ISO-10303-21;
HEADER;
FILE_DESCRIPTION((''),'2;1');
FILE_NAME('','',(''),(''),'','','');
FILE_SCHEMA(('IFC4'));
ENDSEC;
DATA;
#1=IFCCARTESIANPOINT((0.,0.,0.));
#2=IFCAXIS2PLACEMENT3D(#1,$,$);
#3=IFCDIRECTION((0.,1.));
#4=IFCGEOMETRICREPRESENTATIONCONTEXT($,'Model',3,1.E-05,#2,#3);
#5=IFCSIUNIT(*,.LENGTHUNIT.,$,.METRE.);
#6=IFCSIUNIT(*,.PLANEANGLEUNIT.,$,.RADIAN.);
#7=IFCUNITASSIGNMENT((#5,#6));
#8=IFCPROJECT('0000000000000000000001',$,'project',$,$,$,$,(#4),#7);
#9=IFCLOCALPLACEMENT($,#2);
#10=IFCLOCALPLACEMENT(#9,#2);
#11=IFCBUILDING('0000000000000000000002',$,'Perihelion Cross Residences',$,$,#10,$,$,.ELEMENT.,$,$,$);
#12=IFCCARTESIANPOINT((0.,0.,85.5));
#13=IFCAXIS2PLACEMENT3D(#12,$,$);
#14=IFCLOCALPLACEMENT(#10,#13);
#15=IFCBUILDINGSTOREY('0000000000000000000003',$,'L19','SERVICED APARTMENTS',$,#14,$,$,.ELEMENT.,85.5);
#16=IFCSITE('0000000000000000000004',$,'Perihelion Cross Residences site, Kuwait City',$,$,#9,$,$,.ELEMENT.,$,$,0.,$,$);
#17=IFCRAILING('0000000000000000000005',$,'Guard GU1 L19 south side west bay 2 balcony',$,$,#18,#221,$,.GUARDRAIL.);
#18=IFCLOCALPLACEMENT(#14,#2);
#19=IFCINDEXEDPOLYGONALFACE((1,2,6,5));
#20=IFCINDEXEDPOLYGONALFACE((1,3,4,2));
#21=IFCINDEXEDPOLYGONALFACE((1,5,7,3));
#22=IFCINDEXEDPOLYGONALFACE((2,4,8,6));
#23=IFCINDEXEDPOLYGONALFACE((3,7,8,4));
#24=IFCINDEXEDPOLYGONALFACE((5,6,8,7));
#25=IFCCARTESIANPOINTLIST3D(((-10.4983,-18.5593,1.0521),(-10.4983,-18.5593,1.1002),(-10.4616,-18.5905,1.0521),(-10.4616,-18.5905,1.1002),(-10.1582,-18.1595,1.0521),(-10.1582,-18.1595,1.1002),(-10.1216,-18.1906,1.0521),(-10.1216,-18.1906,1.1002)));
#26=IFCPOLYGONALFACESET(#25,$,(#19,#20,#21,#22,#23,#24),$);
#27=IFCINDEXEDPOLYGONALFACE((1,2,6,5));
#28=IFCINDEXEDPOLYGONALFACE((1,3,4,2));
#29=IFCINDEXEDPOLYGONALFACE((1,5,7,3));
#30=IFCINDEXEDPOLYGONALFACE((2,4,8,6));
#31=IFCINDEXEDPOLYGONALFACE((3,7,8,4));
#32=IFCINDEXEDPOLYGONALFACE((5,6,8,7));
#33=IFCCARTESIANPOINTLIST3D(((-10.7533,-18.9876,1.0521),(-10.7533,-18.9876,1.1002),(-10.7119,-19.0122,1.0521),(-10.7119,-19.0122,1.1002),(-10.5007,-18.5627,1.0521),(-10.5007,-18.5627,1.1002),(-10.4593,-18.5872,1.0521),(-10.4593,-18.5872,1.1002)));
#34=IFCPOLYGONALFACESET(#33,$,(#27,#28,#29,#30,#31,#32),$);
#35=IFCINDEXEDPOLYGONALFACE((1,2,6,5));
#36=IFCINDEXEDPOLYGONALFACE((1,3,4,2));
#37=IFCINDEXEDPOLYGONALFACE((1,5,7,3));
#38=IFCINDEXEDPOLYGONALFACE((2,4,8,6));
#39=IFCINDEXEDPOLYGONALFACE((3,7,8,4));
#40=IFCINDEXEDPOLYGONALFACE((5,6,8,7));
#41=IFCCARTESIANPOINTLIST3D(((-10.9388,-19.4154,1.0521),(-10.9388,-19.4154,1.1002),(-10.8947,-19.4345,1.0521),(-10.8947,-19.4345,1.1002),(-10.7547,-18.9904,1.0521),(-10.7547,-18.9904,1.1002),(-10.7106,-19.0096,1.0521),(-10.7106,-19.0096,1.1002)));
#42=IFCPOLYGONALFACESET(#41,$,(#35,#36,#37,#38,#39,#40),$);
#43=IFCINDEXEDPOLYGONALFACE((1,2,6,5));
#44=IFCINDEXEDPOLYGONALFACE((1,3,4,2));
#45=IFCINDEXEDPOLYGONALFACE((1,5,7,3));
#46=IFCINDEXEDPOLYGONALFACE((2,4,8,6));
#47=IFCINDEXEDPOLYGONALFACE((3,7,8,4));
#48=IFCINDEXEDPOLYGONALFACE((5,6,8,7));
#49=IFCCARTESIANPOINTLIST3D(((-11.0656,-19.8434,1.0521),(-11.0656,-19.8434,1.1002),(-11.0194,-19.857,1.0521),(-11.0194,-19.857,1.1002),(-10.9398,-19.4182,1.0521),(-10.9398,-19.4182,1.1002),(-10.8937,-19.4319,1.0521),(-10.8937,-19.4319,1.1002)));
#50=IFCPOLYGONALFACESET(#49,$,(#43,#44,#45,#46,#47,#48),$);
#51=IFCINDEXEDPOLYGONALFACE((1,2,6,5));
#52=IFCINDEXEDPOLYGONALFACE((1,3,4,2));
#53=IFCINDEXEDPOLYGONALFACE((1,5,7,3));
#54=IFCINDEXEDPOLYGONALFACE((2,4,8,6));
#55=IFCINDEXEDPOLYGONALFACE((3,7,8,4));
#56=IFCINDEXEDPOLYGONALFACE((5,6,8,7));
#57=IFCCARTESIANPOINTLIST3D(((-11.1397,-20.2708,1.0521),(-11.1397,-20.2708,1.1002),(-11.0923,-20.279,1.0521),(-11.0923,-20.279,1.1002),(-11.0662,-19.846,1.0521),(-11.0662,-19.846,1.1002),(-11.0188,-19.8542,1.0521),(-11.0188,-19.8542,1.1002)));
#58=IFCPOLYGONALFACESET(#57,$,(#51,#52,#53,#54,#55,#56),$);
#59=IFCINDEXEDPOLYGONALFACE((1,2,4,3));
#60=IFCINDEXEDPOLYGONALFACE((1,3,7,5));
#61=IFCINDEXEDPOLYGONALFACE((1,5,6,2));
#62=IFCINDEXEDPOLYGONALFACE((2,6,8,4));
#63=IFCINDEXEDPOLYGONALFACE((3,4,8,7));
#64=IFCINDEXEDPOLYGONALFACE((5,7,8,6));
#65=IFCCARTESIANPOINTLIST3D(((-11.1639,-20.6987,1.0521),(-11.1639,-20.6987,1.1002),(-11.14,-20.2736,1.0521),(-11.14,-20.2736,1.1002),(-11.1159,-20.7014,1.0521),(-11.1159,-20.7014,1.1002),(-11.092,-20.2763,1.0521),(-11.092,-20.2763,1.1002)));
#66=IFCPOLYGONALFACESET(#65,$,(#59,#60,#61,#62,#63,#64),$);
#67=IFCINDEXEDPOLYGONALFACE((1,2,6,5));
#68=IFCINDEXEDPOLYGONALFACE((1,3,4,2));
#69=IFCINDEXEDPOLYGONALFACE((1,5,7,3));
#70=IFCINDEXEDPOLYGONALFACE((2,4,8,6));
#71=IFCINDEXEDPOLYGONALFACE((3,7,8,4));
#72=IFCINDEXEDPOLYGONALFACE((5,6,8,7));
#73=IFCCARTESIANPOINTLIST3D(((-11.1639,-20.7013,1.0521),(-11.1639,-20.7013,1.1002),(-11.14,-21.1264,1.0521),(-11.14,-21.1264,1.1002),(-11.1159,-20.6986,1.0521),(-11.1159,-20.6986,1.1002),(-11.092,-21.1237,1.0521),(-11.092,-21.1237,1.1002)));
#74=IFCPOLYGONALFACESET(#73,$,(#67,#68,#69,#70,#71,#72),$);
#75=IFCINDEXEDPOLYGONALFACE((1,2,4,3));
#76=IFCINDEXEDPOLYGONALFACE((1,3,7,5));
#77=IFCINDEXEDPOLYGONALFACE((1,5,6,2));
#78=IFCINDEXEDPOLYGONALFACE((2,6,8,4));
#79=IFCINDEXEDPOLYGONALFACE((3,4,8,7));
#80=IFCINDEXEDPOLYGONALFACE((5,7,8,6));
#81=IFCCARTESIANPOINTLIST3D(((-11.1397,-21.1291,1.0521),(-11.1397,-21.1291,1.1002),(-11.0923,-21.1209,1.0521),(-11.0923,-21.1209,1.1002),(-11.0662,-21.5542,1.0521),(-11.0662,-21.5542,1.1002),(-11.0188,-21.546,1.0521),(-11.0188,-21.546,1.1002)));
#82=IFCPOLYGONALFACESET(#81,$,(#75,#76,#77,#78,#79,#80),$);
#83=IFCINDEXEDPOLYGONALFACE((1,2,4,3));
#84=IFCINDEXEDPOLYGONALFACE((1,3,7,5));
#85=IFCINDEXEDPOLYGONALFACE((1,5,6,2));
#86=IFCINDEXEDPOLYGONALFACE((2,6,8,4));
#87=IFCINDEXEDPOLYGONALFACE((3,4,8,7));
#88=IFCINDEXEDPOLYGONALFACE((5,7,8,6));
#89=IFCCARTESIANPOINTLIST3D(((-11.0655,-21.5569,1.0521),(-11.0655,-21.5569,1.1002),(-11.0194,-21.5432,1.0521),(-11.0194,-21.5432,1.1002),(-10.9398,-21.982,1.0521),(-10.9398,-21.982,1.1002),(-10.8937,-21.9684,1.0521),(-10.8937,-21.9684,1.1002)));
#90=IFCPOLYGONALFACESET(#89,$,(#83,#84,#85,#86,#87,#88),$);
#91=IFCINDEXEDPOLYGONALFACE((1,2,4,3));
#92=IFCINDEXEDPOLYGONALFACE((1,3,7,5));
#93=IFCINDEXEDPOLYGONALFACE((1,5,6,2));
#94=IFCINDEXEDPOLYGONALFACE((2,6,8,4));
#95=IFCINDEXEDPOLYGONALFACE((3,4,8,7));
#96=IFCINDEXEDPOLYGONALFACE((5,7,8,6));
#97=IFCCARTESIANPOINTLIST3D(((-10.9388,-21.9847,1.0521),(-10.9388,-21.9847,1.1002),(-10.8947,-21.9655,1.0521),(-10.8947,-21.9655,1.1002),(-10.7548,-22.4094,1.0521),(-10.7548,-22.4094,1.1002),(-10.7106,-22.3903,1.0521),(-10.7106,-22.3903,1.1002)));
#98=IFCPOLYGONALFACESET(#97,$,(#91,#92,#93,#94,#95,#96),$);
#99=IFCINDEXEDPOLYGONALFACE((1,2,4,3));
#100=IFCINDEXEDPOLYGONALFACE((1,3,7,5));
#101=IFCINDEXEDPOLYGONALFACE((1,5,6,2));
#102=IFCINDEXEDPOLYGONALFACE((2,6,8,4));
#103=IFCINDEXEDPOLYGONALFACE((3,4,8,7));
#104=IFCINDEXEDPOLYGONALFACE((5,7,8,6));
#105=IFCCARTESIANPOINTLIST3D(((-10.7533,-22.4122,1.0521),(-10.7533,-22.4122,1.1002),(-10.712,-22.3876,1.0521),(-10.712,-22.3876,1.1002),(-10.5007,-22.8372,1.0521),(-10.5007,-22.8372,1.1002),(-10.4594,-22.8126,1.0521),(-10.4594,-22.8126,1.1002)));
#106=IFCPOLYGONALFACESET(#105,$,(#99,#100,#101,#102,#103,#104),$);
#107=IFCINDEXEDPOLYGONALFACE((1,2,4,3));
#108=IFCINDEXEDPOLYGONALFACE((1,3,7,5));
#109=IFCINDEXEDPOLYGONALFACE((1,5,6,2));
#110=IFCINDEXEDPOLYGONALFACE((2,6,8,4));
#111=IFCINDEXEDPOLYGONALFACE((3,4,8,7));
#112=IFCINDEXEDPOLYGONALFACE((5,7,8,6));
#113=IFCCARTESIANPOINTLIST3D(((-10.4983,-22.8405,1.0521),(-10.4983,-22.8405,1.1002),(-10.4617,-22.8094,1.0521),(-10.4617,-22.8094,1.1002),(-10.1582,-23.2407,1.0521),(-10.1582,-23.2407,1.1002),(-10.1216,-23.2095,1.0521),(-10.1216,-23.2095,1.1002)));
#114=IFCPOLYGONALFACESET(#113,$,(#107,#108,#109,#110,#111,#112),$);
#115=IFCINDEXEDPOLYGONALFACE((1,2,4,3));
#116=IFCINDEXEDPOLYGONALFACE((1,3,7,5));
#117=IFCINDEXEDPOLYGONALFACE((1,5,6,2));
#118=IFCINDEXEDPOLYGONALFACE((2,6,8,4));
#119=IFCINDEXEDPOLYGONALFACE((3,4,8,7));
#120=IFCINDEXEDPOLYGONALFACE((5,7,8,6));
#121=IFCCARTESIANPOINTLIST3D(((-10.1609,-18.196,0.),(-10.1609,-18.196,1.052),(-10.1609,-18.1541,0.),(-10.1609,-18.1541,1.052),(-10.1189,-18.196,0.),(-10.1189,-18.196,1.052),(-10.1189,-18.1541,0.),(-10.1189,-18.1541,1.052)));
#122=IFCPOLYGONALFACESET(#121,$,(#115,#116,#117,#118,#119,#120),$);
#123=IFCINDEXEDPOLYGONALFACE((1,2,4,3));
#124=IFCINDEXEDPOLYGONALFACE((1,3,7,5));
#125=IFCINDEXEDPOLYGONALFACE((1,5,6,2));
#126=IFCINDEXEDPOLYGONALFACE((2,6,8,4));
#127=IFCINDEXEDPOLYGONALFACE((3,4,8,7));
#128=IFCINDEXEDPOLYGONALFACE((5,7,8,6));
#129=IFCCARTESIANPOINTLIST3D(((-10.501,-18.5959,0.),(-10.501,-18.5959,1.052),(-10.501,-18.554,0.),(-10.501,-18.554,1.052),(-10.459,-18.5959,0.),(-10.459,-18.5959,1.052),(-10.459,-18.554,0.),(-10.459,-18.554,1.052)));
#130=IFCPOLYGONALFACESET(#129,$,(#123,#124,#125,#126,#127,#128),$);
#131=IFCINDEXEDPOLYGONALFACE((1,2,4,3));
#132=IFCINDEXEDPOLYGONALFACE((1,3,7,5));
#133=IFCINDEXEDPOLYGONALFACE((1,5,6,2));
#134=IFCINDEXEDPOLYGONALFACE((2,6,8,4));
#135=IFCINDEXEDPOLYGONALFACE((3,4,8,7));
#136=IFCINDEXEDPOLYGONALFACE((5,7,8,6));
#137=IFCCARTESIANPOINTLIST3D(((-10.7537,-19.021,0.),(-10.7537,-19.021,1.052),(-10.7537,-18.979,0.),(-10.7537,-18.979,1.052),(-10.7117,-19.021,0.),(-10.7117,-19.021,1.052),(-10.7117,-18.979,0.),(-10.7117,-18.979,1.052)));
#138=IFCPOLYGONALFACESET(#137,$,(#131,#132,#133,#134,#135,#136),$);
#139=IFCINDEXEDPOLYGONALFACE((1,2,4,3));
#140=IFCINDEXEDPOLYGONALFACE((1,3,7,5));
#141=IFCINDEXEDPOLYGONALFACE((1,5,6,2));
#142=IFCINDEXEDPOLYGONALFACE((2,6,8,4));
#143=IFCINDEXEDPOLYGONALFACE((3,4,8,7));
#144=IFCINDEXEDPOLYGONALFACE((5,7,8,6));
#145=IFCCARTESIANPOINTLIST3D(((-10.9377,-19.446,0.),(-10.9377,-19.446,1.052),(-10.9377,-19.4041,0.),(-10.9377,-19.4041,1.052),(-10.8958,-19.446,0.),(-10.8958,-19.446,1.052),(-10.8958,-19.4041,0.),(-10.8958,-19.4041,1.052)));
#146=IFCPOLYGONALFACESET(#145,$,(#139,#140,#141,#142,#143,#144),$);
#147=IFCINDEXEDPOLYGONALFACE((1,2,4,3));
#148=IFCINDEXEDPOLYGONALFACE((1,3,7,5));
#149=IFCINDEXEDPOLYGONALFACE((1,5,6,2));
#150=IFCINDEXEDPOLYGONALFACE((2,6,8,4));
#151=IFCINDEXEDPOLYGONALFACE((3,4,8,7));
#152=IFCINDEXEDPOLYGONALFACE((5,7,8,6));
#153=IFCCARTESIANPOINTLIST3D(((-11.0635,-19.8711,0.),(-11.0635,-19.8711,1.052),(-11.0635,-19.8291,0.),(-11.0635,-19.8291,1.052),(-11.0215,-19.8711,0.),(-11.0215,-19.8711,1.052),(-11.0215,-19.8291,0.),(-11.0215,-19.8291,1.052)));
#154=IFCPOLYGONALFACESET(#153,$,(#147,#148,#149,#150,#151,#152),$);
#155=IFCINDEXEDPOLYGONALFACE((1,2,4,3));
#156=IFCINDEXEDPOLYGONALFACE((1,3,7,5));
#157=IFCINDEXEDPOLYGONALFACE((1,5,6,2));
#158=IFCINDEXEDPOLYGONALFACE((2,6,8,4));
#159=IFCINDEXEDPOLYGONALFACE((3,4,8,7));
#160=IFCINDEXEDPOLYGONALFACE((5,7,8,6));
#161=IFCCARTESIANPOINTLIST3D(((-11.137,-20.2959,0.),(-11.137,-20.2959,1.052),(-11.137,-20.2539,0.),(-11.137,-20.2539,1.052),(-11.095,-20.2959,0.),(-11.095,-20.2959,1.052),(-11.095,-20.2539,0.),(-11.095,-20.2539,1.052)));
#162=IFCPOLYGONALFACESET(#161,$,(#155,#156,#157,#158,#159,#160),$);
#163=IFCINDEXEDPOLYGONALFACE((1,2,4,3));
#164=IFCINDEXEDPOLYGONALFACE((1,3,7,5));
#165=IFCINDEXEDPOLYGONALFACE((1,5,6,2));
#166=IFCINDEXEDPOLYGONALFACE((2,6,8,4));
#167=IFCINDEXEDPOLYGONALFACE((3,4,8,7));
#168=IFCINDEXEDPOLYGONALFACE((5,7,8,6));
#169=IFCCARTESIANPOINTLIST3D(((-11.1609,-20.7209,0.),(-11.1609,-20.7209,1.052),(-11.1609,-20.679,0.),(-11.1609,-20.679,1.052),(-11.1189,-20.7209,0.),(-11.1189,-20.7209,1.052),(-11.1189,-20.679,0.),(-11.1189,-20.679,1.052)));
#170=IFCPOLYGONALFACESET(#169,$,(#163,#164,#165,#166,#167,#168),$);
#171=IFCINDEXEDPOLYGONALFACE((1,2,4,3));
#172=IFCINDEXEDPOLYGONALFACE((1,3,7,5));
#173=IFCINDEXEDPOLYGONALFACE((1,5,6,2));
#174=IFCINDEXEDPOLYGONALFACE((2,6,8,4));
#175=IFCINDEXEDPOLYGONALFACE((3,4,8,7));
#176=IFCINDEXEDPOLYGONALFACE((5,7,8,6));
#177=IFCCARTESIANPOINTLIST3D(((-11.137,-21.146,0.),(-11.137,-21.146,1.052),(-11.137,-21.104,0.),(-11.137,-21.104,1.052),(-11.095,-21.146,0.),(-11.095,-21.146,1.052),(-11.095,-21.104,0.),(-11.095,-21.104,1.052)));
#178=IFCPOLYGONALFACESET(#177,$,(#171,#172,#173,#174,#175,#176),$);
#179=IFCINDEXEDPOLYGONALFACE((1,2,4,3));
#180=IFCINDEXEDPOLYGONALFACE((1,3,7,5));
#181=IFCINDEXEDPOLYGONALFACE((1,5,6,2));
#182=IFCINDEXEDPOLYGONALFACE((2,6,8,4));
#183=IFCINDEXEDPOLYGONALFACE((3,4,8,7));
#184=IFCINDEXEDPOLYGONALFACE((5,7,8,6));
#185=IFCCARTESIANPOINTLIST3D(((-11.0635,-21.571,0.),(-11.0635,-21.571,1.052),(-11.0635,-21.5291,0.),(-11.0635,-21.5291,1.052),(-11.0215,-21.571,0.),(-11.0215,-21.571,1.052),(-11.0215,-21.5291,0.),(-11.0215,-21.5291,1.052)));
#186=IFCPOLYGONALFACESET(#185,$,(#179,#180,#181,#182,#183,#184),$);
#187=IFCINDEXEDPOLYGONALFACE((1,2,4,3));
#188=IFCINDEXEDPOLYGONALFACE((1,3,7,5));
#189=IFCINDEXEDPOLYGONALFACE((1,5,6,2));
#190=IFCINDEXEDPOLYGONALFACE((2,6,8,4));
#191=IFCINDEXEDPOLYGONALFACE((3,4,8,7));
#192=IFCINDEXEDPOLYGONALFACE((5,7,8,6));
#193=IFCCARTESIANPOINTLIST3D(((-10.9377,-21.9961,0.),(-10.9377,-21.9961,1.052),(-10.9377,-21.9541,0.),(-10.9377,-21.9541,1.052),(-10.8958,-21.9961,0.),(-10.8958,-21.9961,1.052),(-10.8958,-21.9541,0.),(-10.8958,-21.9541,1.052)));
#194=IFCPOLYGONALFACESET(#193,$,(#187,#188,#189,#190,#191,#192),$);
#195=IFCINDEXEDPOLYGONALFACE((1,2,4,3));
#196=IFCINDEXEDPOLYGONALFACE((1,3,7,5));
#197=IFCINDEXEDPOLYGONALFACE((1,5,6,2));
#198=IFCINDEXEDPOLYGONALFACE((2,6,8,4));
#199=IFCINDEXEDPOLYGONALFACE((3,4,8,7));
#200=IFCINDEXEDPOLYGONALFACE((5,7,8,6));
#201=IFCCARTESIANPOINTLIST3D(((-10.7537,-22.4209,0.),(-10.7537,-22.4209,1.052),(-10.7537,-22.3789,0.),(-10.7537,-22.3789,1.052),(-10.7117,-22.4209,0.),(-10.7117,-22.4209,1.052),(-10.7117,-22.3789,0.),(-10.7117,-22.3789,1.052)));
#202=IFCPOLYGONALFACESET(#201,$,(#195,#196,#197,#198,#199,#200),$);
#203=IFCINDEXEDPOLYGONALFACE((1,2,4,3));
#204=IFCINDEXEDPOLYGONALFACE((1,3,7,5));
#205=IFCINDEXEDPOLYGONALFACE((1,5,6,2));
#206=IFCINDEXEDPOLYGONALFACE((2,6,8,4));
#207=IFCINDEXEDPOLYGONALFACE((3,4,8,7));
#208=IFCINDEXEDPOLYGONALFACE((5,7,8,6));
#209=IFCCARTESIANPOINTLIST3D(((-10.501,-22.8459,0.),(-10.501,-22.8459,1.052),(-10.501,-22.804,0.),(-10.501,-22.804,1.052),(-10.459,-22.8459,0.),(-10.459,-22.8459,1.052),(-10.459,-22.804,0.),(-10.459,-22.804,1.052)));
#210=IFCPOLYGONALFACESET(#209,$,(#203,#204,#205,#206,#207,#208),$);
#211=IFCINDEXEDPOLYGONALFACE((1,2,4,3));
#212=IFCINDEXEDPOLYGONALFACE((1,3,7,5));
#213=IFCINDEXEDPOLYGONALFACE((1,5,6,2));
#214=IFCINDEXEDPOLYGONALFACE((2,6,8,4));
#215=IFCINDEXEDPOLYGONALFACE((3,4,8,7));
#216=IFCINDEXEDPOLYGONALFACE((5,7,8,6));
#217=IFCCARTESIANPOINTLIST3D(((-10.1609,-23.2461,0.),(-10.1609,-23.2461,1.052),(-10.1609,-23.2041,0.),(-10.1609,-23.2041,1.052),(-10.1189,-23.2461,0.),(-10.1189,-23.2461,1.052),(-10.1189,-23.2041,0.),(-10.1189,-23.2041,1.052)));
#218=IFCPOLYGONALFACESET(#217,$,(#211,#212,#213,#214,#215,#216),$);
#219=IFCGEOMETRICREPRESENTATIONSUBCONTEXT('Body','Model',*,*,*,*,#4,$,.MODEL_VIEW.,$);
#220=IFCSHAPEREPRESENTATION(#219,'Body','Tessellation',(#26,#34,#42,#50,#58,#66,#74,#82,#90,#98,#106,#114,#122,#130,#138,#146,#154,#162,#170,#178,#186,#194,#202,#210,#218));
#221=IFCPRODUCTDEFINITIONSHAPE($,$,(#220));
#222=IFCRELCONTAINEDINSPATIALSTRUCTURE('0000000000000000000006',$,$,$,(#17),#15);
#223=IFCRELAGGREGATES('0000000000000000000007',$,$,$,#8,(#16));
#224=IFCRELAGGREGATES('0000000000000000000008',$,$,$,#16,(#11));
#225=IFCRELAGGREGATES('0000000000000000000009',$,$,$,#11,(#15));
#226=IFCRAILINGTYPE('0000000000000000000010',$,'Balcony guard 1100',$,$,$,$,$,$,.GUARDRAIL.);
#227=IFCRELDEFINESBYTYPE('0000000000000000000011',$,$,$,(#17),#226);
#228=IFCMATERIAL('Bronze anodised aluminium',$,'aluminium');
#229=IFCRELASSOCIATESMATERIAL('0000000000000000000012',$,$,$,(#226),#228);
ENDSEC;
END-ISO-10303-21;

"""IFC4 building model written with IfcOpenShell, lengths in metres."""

from ifc_helpers import new_model, si_unit, direction, frame, origin, origin_2d, place, context, subcontext, project, spatial, rectangle, extrude, material, type_object, element, save


model = new_model("IFC4")

# Units and contexts
model_context = context("Model", 3, precision=1e-05, world=origin(), true_north=direction((0.0, 1.0)))
body_context = subcontext(model_context, "Body", "Model", "MODEL_VIEW")
ifc_project = project(units=[si_unit("LENGTHUNIT", "METRE"), si_unit("PLANEANGLEUNIT", "RADIAN")], contexts=[model_context])

# Site, building, storey
site_placement = place(None, origin())
site = spatial("IfcSite", under=ifc_project, at=site_placement, Name="Perihelion Cross Residences site, Kuwait City", CompositionType="ELEMENT", RefElevation=0.0)
building_placement = place(site_placement, origin())
building = spatial("IfcBuilding", under=site, at=building_placement, Name="Perihelion Cross Residences", CompositionType="ELEMENT")
storey_placement = place(building_placement, frame((0.0, 0.0, 85.5)))
storey = spatial("IfcBuildingStorey", under=building, at=storey_placement, Name="L19", Description="SERVICED APARTMENTS", CompositionType="ELEMENT", Elevation=85.5)

# Railing
ifc_material_1 = material(Name="Bronze anodised aluminium", Category="aluminium")
railing_type = type_object("IfcRailingType", Name="Balcony guard 1100", PredefinedType="GUARDRAIL", material=ifc_material_1)
railing_1_placement = place(storey_placement, frame((-10.1399, -18.175, 0.0)))
element("IfcRailing", 1, at=railing_1_placement, inside=storey, type_object=railing_type, Name="Guard GU1 L19 south side west bay 2 balcony", PredefinedType="GUARDRAIL", context=body_context, shape_type="SweptSolid", body=[
    extrude(rectangle(XDim=0.0481, YDim=0.0481, at=origin_2d()), frame((0.0, 0.0, 1.0762), z_axis=(-0.647837, -0.761779, 0.0), x_axis=(0.761779, -0.647837, 0.0)), (0.0, 0.0, 1.0), 0.5249),
    extrude(rectangle(XDim=0.0481, YDim=0.0481, at=origin_2d()), frame((-0.3401, -0.3999, 1.0762), z_axis=(-0.511006, -0.859577, 0.0), x_axis=(0.859577, -0.511006, 0.0)), (0.0, 0.0, 1.0), 0.4944),
    extrude(rectangle(XDim=0.0481, YDim=0.0481, at=origin_2d()), frame((-0.5928, -0.825, 1.0762), z_axis=(-0.397415, -0.917639, 0.0), x_axis=(0.917639, -0.397415, 0.0)), (0.0, 0.0, 1.0), 0.4631),
    extrude(rectangle(XDim=0.0481, YDim=0.0481, at=origin_2d()), frame((-0.7769, -1.25, 1.0762), z_axis=(-0.283657, -0.958926, 0.0), x_axis=(0.958926, -0.283657, 0.0)), (0.0, 0.0, 1.0), 0.4434),
    extrude(rectangle(XDim=0.0481, YDim=0.0481, at=origin_2d()), frame((-0.9026, -1.675, 1.0762), z_axis=(-0.170457, -0.985365, 0.0), x_axis=(0.985365, -0.170457, 0.0)), (0.0, 0.0, 1.0), 0.4312),
    extrude(rectangle(XDim=0.0481, YDim=0.0481, at=origin_2d()), frame((-0.9761, -2.0999, 1.0762), z_axis=(-0.056201, -0.99842, 0.0), x_axis=(0.99842, -0.056201, 0.0)), (0.0, 0.0, 1.0), 0.4258),
    extrude(rectangle(XDim=0.0481, YDim=0.0481, at=origin_2d()), frame((-1.0, -2.5249, 1.0762), z_axis=(0.056201, -0.99842, 0.0), x_axis=(0.99842, 0.056201, 0.0)), (0.0, 0.0, 1.0), 0.4258),
    extrude(rectangle(XDim=0.0481, YDim=0.0481, at=origin_2d()), frame((-0.9761, -2.95, 1.0762), z_axis=(0.170362, -0.985382, 0.0), x_axis=(0.985382, 0.170362, 0.0)), (0.0, 0.0, 1.0), 0.4314),
    extrude(rectangle(XDim=0.0481, YDim=0.0481, at=origin_2d()), frame((-0.9026, -3.375, 1.0762), z_axis=(0.283657, -0.958926, 0.0), x_axis=(0.958926, 0.283657, 0.0)), (0.0, 0.0, 1.0), 0.4434),
    extrude(rectangle(XDim=0.0481, YDim=0.0481, at=origin_2d()), frame((-0.7769, -3.8, 1.0762), z_axis=(0.397607, -0.917556, 0.0), x_axis=(0.917556, 0.397607, 0.0)), (0.0, 0.0, 1.0), 0.4629),
    extrude(rectangle(XDim=0.0481, YDim=0.0481, at=origin_2d()), frame((-0.5928, -4.2249, 1.0762), z_axis=(0.511006, -0.859577, 0.0), x_axis=(0.859577, 0.511006, 0.0)), (0.0, 0.0, 1.0), 0.4944),
    extrude(rectangle(XDim=0.0481, YDim=0.0481, at=origin_2d()), frame((-0.3401, -4.6499, 1.0762), z_axis=(0.647608, -0.761974, 0.0), x_axis=(0.761974, 0.647608, 0.0)), (0.0, 0.0, 1.0), 0.5251),
    extrude(rectangle(XDim=0.042, YDim=0.042, at=origin_2d()), origin(), (0.0, 0.0, 1.0), 1.052),
    extrude(rectangle(XDim=0.042, YDim=0.042, at=origin_2d()), frame((-0.3401, -0.3999, 0.0)), (0.0, 0.0, 1.0), 1.052),
    extrude(rectangle(XDim=0.042, YDim=0.042, at=origin_2d()), frame((-0.5928, -0.825, 0.0)), (0.0, 0.0, 1.0), 1.052),
    extrude(rectangle(XDim=0.042, YDim=0.042, at=origin_2d()), frame((-0.7769, -1.25, 0.0)), (0.0, 0.0, 1.0), 1.052),
    extrude(rectangle(XDim=0.042, YDim=0.042, at=origin_2d()), frame((-0.9026, -1.675, 0.0)), (0.0, 0.0, 1.0), 1.052),
    extrude(rectangle(XDim=0.042, YDim=0.042, at=origin_2d()), frame((-0.9761, -2.0999, 0.0)), (0.0, 0.0, 1.0), 1.052),
    extrude(rectangle(XDim=0.042, YDim=0.042, at=origin_2d()), frame((-1.0, -2.5249, 0.0)), (0.0, 0.0, 1.0), 1.052),
    extrude(rectangle(XDim=0.042, YDim=0.042, at=origin_2d()), frame((-0.9761, -2.95, 0.0)), (0.0, 0.0, 1.0), 1.052),
    extrude(rectangle(XDim=0.042, YDim=0.042, at=origin_2d()), frame((-0.9026, -3.375, 0.0)), (0.0, 0.0, 1.0), 1.052),
    extrude(rectangle(XDim=0.042, YDim=0.042, at=origin_2d()), frame((-0.7769, -3.8, 0.0)), (0.0, 0.0, 1.0), 1.052),
    extrude(rectangle(XDim=0.042, YDim=0.042, at=origin_2d()), frame((-0.5928, -4.2249, 0.0)), (0.0, 0.0, 1.0), 1.052),
    extrude(rectangle(XDim=0.042, YDim=0.042, at=origin_2d()), frame((-0.3401, -4.6499, 0.0)), (0.0, 0.0, 1.0), 1.052),
    extrude(rectangle(XDim=0.042, YDim=0.042, at=origin_2d()), frame((0.0, -5.05, 0.0)), (0.0, 0.0, 1.0), 1.052),
])

save(model, "model.ifc")
